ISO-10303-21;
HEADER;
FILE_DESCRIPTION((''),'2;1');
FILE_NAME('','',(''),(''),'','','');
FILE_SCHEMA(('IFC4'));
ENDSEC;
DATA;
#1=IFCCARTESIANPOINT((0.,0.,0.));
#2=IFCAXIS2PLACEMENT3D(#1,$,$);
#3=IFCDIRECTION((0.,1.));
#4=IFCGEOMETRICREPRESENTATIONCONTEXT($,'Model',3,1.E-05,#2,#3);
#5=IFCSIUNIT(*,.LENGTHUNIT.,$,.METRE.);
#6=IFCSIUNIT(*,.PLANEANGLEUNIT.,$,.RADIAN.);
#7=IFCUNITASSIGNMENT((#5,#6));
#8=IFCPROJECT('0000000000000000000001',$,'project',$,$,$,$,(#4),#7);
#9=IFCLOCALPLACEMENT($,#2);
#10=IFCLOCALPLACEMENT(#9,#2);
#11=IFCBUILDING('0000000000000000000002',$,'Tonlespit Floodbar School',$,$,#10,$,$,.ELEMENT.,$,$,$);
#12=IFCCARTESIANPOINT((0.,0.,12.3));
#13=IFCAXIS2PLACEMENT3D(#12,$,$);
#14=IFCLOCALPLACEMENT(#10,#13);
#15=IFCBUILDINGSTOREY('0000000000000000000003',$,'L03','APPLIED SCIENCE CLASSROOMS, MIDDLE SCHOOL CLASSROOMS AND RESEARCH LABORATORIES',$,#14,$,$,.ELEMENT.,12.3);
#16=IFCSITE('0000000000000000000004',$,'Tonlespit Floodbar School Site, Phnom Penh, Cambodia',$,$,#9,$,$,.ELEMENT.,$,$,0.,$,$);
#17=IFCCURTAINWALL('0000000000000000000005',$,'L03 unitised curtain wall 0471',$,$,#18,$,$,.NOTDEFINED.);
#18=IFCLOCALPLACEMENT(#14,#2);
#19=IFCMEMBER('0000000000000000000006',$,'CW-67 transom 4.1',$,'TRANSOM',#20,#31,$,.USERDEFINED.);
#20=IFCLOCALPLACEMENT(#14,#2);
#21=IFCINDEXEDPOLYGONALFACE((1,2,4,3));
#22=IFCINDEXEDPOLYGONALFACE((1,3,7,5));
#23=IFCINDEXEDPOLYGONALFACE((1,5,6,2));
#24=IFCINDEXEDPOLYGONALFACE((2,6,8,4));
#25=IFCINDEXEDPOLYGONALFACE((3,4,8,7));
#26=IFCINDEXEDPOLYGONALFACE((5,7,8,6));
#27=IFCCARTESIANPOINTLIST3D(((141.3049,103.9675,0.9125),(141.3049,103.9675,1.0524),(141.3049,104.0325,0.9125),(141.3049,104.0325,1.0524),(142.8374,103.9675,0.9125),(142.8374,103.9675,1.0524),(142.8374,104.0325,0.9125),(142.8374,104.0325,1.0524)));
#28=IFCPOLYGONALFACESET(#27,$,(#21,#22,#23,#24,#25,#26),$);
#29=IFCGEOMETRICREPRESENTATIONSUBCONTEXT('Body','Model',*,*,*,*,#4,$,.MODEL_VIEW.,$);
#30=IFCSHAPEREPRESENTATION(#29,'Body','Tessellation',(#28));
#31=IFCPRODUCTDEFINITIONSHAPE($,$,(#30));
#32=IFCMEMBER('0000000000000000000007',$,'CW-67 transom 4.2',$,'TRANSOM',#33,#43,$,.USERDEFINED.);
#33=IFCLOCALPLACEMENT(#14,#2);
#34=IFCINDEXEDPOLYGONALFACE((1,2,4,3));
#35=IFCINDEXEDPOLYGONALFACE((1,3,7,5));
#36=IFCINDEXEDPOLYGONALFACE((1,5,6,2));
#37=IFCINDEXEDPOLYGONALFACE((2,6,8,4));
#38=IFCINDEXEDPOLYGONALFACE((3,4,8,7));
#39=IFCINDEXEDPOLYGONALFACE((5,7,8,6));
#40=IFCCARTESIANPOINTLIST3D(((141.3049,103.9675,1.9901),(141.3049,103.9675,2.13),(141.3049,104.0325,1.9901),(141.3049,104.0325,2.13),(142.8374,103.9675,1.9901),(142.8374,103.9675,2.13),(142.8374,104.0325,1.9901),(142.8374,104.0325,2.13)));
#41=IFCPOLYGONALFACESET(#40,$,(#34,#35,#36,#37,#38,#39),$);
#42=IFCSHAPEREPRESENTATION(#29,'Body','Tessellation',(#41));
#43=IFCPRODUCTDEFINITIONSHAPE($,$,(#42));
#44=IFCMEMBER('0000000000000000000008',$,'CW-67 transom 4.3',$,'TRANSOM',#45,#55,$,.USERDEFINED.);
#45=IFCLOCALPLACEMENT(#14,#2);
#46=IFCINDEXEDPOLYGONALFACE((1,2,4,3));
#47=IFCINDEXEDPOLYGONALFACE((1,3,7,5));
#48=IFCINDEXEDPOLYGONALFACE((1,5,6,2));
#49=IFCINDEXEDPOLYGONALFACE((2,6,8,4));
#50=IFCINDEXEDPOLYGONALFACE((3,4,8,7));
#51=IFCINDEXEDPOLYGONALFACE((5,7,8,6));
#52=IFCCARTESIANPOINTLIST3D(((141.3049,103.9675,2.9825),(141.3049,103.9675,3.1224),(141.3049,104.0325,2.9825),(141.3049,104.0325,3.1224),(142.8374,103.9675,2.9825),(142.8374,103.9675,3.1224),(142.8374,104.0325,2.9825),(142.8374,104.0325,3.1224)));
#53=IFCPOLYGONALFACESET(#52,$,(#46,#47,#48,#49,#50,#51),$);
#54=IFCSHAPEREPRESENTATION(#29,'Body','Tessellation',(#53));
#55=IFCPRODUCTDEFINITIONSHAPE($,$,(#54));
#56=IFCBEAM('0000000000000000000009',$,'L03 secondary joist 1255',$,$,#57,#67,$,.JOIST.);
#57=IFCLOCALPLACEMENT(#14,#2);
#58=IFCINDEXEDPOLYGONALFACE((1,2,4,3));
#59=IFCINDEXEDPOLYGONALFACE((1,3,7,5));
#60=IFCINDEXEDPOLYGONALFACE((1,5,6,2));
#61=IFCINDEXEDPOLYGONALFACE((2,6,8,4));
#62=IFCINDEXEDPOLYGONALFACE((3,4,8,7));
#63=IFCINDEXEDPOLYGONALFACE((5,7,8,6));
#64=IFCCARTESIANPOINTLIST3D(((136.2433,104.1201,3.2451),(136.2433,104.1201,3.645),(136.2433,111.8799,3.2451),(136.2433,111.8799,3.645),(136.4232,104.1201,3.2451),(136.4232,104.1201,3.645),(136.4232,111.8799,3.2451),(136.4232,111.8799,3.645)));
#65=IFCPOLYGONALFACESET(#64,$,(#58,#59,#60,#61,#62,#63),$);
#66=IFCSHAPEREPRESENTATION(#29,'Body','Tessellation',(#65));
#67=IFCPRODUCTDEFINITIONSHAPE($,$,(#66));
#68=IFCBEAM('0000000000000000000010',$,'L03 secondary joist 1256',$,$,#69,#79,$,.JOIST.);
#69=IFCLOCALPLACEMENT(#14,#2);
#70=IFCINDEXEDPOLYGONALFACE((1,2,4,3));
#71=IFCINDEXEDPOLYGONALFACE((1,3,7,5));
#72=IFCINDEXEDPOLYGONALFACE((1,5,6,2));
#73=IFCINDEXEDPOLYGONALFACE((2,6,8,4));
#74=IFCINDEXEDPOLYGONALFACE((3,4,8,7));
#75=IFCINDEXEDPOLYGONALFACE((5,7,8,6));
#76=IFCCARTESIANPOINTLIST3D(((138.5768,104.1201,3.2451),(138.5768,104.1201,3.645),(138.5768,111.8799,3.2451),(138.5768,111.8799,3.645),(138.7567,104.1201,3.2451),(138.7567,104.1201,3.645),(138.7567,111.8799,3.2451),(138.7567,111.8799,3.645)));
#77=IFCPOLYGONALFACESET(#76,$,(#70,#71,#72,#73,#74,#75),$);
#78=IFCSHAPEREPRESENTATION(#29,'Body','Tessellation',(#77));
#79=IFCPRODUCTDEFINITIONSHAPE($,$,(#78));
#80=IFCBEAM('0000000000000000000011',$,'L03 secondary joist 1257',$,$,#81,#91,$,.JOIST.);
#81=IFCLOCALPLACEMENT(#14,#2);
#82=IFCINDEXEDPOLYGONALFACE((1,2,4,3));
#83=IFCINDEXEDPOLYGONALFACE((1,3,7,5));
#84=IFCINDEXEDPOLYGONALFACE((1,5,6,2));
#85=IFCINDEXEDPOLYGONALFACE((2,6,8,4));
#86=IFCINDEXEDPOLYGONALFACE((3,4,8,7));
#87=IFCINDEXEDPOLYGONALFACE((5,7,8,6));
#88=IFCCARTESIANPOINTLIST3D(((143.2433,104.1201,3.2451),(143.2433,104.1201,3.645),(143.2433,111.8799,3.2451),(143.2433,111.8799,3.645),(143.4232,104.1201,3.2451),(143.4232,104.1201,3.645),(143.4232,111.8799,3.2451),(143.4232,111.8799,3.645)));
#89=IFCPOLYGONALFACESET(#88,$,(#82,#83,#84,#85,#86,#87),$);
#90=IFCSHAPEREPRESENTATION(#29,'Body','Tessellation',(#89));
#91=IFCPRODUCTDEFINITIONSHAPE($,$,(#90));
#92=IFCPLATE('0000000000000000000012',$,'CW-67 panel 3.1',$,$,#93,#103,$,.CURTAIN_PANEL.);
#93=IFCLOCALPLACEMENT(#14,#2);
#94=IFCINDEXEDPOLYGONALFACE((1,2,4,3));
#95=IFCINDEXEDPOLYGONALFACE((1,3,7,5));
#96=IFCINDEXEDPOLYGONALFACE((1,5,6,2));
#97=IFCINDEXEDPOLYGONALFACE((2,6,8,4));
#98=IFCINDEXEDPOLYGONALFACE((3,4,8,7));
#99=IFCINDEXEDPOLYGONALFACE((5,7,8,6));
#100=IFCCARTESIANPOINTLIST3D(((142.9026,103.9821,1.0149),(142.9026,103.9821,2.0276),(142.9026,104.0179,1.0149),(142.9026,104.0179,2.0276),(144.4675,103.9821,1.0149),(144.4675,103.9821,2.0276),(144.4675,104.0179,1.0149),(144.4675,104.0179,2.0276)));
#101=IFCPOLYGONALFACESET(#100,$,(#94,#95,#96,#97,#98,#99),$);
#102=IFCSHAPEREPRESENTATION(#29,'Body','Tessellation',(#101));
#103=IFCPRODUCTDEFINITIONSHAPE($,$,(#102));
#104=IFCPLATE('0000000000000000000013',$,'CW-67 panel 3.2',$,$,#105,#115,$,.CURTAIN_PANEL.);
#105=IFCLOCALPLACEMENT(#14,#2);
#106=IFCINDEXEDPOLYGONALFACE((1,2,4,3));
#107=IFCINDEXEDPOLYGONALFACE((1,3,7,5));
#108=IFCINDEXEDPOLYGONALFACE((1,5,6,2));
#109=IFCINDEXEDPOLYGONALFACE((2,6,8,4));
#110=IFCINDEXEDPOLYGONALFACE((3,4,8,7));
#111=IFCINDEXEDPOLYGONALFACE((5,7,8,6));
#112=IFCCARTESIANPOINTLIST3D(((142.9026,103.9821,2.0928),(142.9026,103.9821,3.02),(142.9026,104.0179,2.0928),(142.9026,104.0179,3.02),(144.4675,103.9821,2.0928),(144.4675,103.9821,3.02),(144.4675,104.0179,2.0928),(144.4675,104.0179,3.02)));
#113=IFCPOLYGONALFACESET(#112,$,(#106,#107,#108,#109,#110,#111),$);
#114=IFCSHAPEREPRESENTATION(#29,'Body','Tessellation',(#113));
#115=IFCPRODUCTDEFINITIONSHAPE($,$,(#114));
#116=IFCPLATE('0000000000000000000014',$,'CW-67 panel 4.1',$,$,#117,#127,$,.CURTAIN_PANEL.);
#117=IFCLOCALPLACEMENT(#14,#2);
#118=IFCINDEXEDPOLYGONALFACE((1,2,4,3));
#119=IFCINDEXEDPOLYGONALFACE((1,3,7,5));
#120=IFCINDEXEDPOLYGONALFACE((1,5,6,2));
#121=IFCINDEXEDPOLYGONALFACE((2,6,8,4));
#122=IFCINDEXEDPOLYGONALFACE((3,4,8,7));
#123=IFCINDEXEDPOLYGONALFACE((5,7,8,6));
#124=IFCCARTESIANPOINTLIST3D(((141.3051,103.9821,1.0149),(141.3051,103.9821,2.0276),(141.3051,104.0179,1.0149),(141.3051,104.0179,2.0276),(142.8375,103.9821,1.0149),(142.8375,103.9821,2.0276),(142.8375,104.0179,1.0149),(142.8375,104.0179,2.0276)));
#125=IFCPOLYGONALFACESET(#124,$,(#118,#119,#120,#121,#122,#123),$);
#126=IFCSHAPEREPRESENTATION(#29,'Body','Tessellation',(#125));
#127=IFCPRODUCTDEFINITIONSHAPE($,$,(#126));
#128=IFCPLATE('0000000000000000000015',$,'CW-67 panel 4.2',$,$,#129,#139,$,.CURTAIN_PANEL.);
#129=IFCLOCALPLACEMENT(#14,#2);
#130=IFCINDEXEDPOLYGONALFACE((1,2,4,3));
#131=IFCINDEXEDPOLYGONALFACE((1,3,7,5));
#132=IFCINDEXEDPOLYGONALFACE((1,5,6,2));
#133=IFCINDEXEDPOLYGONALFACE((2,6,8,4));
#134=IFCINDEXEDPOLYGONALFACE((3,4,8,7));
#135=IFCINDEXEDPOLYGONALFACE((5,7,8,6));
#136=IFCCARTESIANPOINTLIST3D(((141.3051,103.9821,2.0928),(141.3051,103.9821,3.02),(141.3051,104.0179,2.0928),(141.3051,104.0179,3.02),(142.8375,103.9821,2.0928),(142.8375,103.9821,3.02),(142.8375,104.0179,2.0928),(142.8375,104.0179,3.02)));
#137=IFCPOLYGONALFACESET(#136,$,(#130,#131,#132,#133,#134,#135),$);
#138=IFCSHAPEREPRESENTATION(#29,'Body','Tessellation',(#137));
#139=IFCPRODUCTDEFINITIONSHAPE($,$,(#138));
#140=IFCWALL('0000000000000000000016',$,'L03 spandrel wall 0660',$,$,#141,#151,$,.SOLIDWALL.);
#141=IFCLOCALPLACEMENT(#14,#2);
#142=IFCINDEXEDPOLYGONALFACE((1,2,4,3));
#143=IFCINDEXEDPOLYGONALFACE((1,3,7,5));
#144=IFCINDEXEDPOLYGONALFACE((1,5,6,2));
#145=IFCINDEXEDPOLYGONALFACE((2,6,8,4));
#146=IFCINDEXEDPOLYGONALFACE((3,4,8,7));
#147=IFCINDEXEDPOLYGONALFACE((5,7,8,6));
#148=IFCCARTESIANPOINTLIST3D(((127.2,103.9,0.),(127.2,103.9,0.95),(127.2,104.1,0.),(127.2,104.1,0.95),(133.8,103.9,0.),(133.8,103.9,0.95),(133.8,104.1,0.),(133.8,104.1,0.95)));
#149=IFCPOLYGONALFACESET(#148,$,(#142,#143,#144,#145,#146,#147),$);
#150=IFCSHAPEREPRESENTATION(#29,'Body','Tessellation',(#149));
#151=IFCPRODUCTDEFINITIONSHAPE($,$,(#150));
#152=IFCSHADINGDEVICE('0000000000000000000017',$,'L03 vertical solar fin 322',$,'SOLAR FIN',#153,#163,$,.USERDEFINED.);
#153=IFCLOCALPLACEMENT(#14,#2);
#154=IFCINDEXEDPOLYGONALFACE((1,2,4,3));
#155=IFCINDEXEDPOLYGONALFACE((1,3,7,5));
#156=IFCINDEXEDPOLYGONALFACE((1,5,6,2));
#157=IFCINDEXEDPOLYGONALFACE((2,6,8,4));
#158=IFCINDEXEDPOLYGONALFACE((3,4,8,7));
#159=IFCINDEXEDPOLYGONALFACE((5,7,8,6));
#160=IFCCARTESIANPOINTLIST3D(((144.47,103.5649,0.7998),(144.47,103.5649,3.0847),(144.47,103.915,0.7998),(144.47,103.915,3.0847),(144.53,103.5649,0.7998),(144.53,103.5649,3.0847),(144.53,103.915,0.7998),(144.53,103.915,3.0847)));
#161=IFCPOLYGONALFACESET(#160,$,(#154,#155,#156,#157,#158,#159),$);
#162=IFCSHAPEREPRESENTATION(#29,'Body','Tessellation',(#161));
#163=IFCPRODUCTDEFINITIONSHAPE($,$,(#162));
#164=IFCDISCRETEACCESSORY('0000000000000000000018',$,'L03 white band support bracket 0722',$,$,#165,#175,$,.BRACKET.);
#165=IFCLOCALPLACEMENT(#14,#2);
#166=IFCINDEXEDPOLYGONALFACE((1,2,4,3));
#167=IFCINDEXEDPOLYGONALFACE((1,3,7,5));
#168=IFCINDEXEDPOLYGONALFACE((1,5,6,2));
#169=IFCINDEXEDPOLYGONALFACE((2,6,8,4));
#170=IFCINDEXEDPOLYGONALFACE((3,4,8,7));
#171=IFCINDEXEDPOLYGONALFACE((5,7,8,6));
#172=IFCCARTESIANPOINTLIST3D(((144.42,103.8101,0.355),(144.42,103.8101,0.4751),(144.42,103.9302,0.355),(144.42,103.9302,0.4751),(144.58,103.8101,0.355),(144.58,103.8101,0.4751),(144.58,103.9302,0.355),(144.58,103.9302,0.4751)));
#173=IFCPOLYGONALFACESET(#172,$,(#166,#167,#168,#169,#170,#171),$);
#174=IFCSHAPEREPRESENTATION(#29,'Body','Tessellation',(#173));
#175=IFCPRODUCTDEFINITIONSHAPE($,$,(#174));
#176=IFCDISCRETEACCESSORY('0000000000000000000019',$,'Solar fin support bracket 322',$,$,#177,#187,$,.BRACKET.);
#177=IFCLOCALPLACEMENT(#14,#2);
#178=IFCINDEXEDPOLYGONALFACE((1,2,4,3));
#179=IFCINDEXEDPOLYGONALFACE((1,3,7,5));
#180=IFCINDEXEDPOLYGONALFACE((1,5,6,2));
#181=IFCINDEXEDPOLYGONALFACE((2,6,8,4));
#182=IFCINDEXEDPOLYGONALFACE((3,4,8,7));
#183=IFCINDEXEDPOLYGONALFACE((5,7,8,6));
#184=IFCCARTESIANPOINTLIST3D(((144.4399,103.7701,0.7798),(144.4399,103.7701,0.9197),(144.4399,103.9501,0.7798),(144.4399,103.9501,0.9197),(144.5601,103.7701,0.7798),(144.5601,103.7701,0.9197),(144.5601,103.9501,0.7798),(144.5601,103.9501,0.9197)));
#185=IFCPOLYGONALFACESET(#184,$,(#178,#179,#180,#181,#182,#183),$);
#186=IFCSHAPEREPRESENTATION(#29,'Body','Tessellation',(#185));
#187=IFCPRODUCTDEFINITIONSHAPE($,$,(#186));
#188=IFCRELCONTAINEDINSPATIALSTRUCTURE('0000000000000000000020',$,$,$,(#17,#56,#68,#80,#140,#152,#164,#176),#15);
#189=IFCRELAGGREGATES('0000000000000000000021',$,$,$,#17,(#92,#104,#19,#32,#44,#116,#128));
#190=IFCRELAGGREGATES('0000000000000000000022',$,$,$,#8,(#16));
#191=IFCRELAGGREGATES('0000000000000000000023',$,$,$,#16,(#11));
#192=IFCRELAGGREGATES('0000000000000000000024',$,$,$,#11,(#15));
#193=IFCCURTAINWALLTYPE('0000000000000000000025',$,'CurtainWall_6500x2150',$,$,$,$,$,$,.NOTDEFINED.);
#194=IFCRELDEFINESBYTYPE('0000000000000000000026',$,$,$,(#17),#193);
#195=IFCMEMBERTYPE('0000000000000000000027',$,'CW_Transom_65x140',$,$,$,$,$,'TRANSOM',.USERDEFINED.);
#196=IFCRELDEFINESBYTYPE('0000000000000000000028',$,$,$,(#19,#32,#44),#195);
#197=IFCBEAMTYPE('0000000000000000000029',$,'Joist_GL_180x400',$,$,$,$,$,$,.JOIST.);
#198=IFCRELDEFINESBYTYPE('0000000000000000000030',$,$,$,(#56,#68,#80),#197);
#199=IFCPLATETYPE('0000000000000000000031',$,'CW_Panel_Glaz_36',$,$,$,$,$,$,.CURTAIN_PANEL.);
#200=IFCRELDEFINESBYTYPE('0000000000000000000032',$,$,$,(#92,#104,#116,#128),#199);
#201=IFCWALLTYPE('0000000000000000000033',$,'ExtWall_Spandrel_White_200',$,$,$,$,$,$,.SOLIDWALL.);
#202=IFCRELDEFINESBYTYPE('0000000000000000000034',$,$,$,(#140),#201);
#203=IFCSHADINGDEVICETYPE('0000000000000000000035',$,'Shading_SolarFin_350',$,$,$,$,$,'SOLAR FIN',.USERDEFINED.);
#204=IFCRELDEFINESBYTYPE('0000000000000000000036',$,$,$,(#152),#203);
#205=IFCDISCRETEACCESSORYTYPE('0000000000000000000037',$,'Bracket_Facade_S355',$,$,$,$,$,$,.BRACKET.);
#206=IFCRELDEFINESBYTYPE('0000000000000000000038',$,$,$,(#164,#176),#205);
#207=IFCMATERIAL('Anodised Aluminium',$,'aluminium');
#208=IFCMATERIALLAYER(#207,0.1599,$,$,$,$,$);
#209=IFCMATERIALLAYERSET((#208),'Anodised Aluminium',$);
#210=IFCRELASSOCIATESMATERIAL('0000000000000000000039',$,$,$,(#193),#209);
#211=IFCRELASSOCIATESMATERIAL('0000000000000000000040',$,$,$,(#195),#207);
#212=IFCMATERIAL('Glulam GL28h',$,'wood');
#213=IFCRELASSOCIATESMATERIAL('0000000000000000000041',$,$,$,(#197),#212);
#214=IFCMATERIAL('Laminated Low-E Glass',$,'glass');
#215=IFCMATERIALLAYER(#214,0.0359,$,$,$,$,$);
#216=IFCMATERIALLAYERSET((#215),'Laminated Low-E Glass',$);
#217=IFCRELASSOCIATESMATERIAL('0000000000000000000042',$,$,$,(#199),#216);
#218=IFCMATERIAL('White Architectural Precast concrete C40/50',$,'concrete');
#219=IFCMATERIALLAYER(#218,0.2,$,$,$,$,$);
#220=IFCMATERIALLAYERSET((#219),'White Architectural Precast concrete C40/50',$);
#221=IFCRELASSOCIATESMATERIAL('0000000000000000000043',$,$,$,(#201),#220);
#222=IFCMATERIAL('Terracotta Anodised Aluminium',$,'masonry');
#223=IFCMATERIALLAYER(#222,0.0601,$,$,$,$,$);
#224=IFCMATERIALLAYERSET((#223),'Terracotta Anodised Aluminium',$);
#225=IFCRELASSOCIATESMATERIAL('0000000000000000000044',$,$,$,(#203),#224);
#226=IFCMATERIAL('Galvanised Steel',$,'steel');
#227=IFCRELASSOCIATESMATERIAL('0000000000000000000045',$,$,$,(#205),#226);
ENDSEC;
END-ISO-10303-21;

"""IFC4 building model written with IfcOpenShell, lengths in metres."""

from ifc_helpers import new_model, si_unit, direction, frame, frame_2d, origin, origin_2d, place, context, subcontext, project, spatial, rectangle, extrude, material, layer, layer_set, material_profile, profile_set, type_object, element, aggregate, save


model = new_model("IFC4")

# Units and contexts
model_context = context("Model", 3, precision=1e-05, world=origin(), true_north=direction((0.0, 1.0)))
body_context = subcontext(model_context, "Body", "Model", "MODEL_VIEW")
ifc_project = project(units=[si_unit("LENGTHUNIT", "METRE"), si_unit("PLANEANGLEUNIT", "RADIAN")], contexts=[model_context])

# Site, building, storey
site_placement = place(None, origin())
site = spatial("IfcSite", under=ifc_project, at=site_placement, Name="Tonlespit Floodbar School Site, Phnom Penh, Cambodia", CompositionType="ELEMENT", RefElevation=0.0)
building_placement = place(site_placement, origin())
building = spatial("IfcBuilding", under=site, at=building_placement, Name="Tonlespit Floodbar School", CompositionType="ELEMENT")
storey_placement = place(building_placement, frame((0.0, 0.0, 12.3)))
storey = spatial("IfcBuildingStorey", under=building, at=storey_placement, Name="L03", Description="APPLIED SCIENCE CLASSROOMS, MIDDLE SCHOOL CLASSROOMS AND RESEARCH LABORATORIES", CompositionType="ELEMENT", Elevation=12.3)

# Shared definitions
ifc_material_1 = material(Name="Glulam GL28h", Category="wood")

# Shared definitions
ifc_material_2 = material(Name="Anodised Aluminium", Category="aluminium")
ifc_layer_1 = layer(ifc_material_2, 0.1599)
ifc_layer_set_1 = layer_set([ifc_layer_1], Name="Anodised Aluminium")
curtain_wall_type = type_object("IfcCurtainWallType", Name="CurtainWall_6500x2150", PredefinedType="NOTDEFINED", material=ifc_layer_set_1)

# Curtain wall
curtain_wall_1_placement = place(storey_placement, origin())
curtain_wall_1 = element("IfcCurtainWall", 1, at=curtain_wall_1_placement, inside=storey, type_object=curtain_wall_type, Name="L03 unitised curtain wall 0471", PredefinedType="NOTDEFINED")

# Members
ifc_material_profile_1 = material_profile(ifc_material_2, rectangle(XDim=0.0649, YDim=0.1399, at=origin_2d()), Name="ALU T65x140")
ifc_profile_set_1 = profile_set([ifc_material_profile_1], Name="Anodised Aluminium")
member_type_1 = type_object("IfcMemberType", Name="CW_Transom_65x140", ElementType="TRANSOM", PredefinedType="USERDEFINED", material=ifc_profile_set_1)
member_1_placement = place(storey_placement, frame((142.8374, 104.0, 0.9824), z_axis=(-1.0, 0.0, 0.0), x_axis=(0.0, -1.0, 0.0)))
member_1 = element("IfcMember", 2, at=member_1_placement, type_object=member_type_1, Name="CW-67 transom 4.1", ObjectType="TRANSOM", PredefinedType="USERDEFINED", context=body_context, shape_type="SweptSolid", body=[
    extrude(rectangle(XDim=0.0649, YDim=0.1399, at=origin_2d()), origin(), (0.0, 0.0, 1.0), 1.5325),
])
member_2_placement = place(storey_placement, frame((142.8374, 104.0, 2.0601), z_axis=(-1.0, 0.0, 0.0), x_axis=(0.0, -1.0, 0.0)))
member_2 = element("IfcMember", 3, at=member_2_placement, type_object=member_type_1, Name="CW-67 transom 4.2", ObjectType="TRANSOM", PredefinedType="USERDEFINED", context=body_context, shape_type="SweptSolid", body=[
    extrude(rectangle(XDim=0.0649, YDim=0.1399, at=origin_2d()), origin(), (0.0, 0.0, 1.0), 1.5325),
])
member_3_placement = place(storey_placement, frame((142.8374, 104.0, 3.0525), z_axis=(-1.0, 0.0, 0.0), x_axis=(0.0, -1.0, 0.0)))
member_3 = element("IfcMember", 4, at=member_3_placement, type_object=member_type_1, Name="CW-67 transom 4.3", ObjectType="TRANSOM", PredefinedType="USERDEFINED", context=body_context, shape_type="SweptSolid", body=[
    extrude(rectangle(XDim=0.0649, YDim=0.1399, at=origin_2d()), origin(), (0.0, 0.0, 1.0), 1.5325),
])

# Beams
ifc_material_profile_2 = material_profile(ifc_material_1, rectangle(XDim=0.1799, YDim=0.3999, at=origin_2d()), Name="GL 180x400")
ifc_profile_set_2 = profile_set([ifc_material_profile_2], Name="Glulam GL28h")
beam_type_1 = type_object("IfcBeamType", Name="Joist_GL_180x400", PredefinedType="JOIST", material=ifc_profile_set_2)
for number, where, z_axis, x_axis, name in (
    (5, (136.3333, 104.1201, 3.4451), (0.0, 1.0, 0.0), (-1.0, 0.0, 0.0), "L03 secondary joist 1255"),
    (6, (138.6667, 104.1201, 3.4451), (0.0, 1.0, 0.0), (-1.0, 0.0, 0.0), "L03 secondary joist 1256"),
    (7, (143.3333, 104.1201, 3.4451), (0.0, 1.0, 0.0), (-1.0, 0.0, 0.0), "L03 secondary joist 1257"),
):
    element("IfcBeam", number, at=place(storey_placement, frame(where, z_axis=z_axis, x_axis=x_axis)), inside=storey, type_object=beam_type_1, Name=name, PredefinedType="JOIST", context=body_context, shape_type="SweptSolid", body=[
        extrude(rectangle(XDim=0.1799, YDim=0.3999, at=origin_2d()), origin(), (0.0, 0.0, 1.0), 7.7598),
    ])

# Plates
ifc_material_3 = material(Name="Laminated Low-E Glass", Category="glass")
ifc_layer_2 = layer(ifc_material_3, 0.0359)
ifc_layer_set_2 = layer_set([ifc_layer_2], Name="Laminated Low-E Glass")
plate_type = type_object("IfcPlateType", Name="CW_Panel_Glaz_36", PredefinedType="CURTAIN_PANEL", material=ifc_layer_set_2)
plate_1_placement = place(storey_placement, frame((143.6851, 104.0, 1.0149), z_axis=(0.0, 0.0, 1.0), x_axis=(-1.0, 0.0, 0.0)))
plate_1 = element("IfcPlate", 8, at=plate_1_placement, type_object=plate_type, Name="CW-67 panel 3.1", PredefinedType="CURTAIN_PANEL", context=body_context, shape_type="SweptSolid", body=[
    extrude(rectangle(XDim=1.5649, YDim=0.0359, at=origin_2d()), origin(), (0.0, 0.0, 1.0), 1.0127),
])
plate_2_placement = place(storey_placement, frame((143.6851, 104.0, 2.0928), z_axis=(0.0, 0.0, 1.0), x_axis=(-1.0, 0.0, 0.0)))
plate_2 = element("IfcPlate", 9, at=plate_2_placement, type_object=plate_type, Name="CW-67 panel 3.2", PredefinedType="CURTAIN_PANEL", context=body_context, shape_type="SweptSolid", body=[
    extrude(rectangle(XDim=1.5649, YDim=0.0359, at=origin_2d()), origin(), (0.0, 0.0, 1.0), 0.9272),
])
plate_3_placement = place(storey_placement, frame((142.0713, 104.0, 1.0149), z_axis=(0.0, 0.0, 1.0), x_axis=(-1.0, 0.0, 0.0)))
plate_3 = element("IfcPlate", 10, at=plate_3_placement, type_object=plate_type, Name="CW-67 panel 4.1", PredefinedType="CURTAIN_PANEL", context=body_context, shape_type="SweptSolid", body=[
    extrude(rectangle(XDim=1.5325, YDim=0.0359, at=origin_2d()), origin(), (0.0, 0.0, 1.0), 1.0127),
])
plate_4_placement = place(storey_placement, frame((142.0713, 104.0, 2.0928), z_axis=(0.0, 0.0, 1.0), x_axis=(-1.0, 0.0, 0.0)))
plate_4 = element("IfcPlate", 11, at=plate_4_placement, type_object=plate_type, Name="CW-67 panel 4.2", PredefinedType="CURTAIN_PANEL", context=body_context, shape_type="SweptSolid", body=[
    extrude(rectangle(XDim=1.5325, YDim=0.0359, at=origin_2d()), origin(), (0.0, 0.0, 1.0), 0.9272),
])
aggregate(curtain_wall_1, [plate_1, plate_2, member_1, member_2, member_3, plate_3, plate_4])

# Wall
ifc_material_4 = material(Name="White Architectural Precast concrete C40/50", Category="concrete")
ifc_layer_3 = layer(ifc_material_4, 0.2)
ifc_layer_set_3 = layer_set([ifc_layer_3], Name="White Architectural Precast concrete C40/50")
wall_type_1 = type_object("IfcWallType", Name="ExtWall_Spandrel_White_200", PredefinedType="SOLIDWALL", material=ifc_layer_set_3)
wall_1_placement = place(storey_placement, frame((133.8, 104.0, 0.0), z_axis=(0.0, 0.0, 1.0), x_axis=(-1.0, 0.0, 0.0)))
element("IfcWall", 12, at=wall_1_placement, inside=storey, type_object=wall_type_1, Name="L03 spandrel wall 0660", PredefinedType="SOLIDWALL", context=body_context, shape_type="SweptSolid", body=[
    extrude(rectangle(XDim=6.6001, YDim=0.2, at=frame_2d((3.3, 0.0))), origin(), (0.0, 0.0, 1.0), 0.95),
])

# Shading device
ifc_material_5 = material(Name="Terracotta Anodised Aluminium", Category="masonry")
ifc_layer_4 = layer(ifc_material_5, 0.0601)
ifc_layer_set_4 = layer_set([ifc_layer_4], Name="Terracotta Anodised Aluminium")
shading_device_type = type_object("IfcShadingDeviceType", Name="Shading_SolarFin_350", ElementType="SOLAR FIN", PredefinedType="USERDEFINED", material=ifc_layer_set_4)
shading_device_placement = place(storey_placement, frame((144.5, 103.74, 0.7998), z_axis=(0.0, 0.0, 1.0), x_axis=(-1.0, 0.0, 0.0)))
element("IfcShadingDevice", 13, at=shading_device_placement, inside=storey, type_object=shading_device_type, Name="L03 vertical solar fin 322", ObjectType="SOLAR FIN", PredefinedType="USERDEFINED", context=body_context, shape_type="SweptSolid", body=[
    extrude(rectangle(XDim=0.0601, YDim=0.3501, at=origin_2d()), origin(), (0.0, 0.0, 1.0), 2.2849),
])

# Discrete accessories
ifc_material_6 = material(Name="Galvanised Steel", Category="steel")
discrete_accessory_type = type_object("IfcDiscreteAccessoryType", Name="Bracket_Facade_S355", PredefinedType="BRACKET", material=ifc_material_6)
discrete_accessory_1_placement = place(storey_placement, frame((144.5, 103.8701, 0.355), z_axis=(0.0, 0.0, 1.0), x_axis=(-1.0, 0.0, 0.0)))
element("IfcDiscreteAccessory", 14, at=discrete_accessory_1_placement, inside=storey, type_object=discrete_accessory_type, Name="L03 white band support bracket 0722", PredefinedType="BRACKET", context=body_context, shape_type="SweptSolid", body=[
    extrude(rectangle(XDim=0.1599, YDim=0.1201, at=origin_2d()), origin(), (0.0, 0.0, 1.0), 0.1201),
])
discrete_accessory_2_placement = place(storey_placement, frame((144.5, 103.8601, 0.7798), z_axis=(0.0, 0.0, 1.0), x_axis=(-1.0, 0.0, 0.0)))
element("IfcDiscreteAccessory", 15, at=discrete_accessory_2_placement, inside=storey, type_object=discrete_accessory_type, Name="Solar fin support bracket 322", PredefinedType="BRACKET", context=body_context, shape_type="SweptSolid", body=[
    extrude(rectangle(XDim=0.1201, YDim=0.1799, at=origin_2d()), origin(), (0.0, 0.0, 1.0), 0.1399),
])

save(model, "model.ifc")
